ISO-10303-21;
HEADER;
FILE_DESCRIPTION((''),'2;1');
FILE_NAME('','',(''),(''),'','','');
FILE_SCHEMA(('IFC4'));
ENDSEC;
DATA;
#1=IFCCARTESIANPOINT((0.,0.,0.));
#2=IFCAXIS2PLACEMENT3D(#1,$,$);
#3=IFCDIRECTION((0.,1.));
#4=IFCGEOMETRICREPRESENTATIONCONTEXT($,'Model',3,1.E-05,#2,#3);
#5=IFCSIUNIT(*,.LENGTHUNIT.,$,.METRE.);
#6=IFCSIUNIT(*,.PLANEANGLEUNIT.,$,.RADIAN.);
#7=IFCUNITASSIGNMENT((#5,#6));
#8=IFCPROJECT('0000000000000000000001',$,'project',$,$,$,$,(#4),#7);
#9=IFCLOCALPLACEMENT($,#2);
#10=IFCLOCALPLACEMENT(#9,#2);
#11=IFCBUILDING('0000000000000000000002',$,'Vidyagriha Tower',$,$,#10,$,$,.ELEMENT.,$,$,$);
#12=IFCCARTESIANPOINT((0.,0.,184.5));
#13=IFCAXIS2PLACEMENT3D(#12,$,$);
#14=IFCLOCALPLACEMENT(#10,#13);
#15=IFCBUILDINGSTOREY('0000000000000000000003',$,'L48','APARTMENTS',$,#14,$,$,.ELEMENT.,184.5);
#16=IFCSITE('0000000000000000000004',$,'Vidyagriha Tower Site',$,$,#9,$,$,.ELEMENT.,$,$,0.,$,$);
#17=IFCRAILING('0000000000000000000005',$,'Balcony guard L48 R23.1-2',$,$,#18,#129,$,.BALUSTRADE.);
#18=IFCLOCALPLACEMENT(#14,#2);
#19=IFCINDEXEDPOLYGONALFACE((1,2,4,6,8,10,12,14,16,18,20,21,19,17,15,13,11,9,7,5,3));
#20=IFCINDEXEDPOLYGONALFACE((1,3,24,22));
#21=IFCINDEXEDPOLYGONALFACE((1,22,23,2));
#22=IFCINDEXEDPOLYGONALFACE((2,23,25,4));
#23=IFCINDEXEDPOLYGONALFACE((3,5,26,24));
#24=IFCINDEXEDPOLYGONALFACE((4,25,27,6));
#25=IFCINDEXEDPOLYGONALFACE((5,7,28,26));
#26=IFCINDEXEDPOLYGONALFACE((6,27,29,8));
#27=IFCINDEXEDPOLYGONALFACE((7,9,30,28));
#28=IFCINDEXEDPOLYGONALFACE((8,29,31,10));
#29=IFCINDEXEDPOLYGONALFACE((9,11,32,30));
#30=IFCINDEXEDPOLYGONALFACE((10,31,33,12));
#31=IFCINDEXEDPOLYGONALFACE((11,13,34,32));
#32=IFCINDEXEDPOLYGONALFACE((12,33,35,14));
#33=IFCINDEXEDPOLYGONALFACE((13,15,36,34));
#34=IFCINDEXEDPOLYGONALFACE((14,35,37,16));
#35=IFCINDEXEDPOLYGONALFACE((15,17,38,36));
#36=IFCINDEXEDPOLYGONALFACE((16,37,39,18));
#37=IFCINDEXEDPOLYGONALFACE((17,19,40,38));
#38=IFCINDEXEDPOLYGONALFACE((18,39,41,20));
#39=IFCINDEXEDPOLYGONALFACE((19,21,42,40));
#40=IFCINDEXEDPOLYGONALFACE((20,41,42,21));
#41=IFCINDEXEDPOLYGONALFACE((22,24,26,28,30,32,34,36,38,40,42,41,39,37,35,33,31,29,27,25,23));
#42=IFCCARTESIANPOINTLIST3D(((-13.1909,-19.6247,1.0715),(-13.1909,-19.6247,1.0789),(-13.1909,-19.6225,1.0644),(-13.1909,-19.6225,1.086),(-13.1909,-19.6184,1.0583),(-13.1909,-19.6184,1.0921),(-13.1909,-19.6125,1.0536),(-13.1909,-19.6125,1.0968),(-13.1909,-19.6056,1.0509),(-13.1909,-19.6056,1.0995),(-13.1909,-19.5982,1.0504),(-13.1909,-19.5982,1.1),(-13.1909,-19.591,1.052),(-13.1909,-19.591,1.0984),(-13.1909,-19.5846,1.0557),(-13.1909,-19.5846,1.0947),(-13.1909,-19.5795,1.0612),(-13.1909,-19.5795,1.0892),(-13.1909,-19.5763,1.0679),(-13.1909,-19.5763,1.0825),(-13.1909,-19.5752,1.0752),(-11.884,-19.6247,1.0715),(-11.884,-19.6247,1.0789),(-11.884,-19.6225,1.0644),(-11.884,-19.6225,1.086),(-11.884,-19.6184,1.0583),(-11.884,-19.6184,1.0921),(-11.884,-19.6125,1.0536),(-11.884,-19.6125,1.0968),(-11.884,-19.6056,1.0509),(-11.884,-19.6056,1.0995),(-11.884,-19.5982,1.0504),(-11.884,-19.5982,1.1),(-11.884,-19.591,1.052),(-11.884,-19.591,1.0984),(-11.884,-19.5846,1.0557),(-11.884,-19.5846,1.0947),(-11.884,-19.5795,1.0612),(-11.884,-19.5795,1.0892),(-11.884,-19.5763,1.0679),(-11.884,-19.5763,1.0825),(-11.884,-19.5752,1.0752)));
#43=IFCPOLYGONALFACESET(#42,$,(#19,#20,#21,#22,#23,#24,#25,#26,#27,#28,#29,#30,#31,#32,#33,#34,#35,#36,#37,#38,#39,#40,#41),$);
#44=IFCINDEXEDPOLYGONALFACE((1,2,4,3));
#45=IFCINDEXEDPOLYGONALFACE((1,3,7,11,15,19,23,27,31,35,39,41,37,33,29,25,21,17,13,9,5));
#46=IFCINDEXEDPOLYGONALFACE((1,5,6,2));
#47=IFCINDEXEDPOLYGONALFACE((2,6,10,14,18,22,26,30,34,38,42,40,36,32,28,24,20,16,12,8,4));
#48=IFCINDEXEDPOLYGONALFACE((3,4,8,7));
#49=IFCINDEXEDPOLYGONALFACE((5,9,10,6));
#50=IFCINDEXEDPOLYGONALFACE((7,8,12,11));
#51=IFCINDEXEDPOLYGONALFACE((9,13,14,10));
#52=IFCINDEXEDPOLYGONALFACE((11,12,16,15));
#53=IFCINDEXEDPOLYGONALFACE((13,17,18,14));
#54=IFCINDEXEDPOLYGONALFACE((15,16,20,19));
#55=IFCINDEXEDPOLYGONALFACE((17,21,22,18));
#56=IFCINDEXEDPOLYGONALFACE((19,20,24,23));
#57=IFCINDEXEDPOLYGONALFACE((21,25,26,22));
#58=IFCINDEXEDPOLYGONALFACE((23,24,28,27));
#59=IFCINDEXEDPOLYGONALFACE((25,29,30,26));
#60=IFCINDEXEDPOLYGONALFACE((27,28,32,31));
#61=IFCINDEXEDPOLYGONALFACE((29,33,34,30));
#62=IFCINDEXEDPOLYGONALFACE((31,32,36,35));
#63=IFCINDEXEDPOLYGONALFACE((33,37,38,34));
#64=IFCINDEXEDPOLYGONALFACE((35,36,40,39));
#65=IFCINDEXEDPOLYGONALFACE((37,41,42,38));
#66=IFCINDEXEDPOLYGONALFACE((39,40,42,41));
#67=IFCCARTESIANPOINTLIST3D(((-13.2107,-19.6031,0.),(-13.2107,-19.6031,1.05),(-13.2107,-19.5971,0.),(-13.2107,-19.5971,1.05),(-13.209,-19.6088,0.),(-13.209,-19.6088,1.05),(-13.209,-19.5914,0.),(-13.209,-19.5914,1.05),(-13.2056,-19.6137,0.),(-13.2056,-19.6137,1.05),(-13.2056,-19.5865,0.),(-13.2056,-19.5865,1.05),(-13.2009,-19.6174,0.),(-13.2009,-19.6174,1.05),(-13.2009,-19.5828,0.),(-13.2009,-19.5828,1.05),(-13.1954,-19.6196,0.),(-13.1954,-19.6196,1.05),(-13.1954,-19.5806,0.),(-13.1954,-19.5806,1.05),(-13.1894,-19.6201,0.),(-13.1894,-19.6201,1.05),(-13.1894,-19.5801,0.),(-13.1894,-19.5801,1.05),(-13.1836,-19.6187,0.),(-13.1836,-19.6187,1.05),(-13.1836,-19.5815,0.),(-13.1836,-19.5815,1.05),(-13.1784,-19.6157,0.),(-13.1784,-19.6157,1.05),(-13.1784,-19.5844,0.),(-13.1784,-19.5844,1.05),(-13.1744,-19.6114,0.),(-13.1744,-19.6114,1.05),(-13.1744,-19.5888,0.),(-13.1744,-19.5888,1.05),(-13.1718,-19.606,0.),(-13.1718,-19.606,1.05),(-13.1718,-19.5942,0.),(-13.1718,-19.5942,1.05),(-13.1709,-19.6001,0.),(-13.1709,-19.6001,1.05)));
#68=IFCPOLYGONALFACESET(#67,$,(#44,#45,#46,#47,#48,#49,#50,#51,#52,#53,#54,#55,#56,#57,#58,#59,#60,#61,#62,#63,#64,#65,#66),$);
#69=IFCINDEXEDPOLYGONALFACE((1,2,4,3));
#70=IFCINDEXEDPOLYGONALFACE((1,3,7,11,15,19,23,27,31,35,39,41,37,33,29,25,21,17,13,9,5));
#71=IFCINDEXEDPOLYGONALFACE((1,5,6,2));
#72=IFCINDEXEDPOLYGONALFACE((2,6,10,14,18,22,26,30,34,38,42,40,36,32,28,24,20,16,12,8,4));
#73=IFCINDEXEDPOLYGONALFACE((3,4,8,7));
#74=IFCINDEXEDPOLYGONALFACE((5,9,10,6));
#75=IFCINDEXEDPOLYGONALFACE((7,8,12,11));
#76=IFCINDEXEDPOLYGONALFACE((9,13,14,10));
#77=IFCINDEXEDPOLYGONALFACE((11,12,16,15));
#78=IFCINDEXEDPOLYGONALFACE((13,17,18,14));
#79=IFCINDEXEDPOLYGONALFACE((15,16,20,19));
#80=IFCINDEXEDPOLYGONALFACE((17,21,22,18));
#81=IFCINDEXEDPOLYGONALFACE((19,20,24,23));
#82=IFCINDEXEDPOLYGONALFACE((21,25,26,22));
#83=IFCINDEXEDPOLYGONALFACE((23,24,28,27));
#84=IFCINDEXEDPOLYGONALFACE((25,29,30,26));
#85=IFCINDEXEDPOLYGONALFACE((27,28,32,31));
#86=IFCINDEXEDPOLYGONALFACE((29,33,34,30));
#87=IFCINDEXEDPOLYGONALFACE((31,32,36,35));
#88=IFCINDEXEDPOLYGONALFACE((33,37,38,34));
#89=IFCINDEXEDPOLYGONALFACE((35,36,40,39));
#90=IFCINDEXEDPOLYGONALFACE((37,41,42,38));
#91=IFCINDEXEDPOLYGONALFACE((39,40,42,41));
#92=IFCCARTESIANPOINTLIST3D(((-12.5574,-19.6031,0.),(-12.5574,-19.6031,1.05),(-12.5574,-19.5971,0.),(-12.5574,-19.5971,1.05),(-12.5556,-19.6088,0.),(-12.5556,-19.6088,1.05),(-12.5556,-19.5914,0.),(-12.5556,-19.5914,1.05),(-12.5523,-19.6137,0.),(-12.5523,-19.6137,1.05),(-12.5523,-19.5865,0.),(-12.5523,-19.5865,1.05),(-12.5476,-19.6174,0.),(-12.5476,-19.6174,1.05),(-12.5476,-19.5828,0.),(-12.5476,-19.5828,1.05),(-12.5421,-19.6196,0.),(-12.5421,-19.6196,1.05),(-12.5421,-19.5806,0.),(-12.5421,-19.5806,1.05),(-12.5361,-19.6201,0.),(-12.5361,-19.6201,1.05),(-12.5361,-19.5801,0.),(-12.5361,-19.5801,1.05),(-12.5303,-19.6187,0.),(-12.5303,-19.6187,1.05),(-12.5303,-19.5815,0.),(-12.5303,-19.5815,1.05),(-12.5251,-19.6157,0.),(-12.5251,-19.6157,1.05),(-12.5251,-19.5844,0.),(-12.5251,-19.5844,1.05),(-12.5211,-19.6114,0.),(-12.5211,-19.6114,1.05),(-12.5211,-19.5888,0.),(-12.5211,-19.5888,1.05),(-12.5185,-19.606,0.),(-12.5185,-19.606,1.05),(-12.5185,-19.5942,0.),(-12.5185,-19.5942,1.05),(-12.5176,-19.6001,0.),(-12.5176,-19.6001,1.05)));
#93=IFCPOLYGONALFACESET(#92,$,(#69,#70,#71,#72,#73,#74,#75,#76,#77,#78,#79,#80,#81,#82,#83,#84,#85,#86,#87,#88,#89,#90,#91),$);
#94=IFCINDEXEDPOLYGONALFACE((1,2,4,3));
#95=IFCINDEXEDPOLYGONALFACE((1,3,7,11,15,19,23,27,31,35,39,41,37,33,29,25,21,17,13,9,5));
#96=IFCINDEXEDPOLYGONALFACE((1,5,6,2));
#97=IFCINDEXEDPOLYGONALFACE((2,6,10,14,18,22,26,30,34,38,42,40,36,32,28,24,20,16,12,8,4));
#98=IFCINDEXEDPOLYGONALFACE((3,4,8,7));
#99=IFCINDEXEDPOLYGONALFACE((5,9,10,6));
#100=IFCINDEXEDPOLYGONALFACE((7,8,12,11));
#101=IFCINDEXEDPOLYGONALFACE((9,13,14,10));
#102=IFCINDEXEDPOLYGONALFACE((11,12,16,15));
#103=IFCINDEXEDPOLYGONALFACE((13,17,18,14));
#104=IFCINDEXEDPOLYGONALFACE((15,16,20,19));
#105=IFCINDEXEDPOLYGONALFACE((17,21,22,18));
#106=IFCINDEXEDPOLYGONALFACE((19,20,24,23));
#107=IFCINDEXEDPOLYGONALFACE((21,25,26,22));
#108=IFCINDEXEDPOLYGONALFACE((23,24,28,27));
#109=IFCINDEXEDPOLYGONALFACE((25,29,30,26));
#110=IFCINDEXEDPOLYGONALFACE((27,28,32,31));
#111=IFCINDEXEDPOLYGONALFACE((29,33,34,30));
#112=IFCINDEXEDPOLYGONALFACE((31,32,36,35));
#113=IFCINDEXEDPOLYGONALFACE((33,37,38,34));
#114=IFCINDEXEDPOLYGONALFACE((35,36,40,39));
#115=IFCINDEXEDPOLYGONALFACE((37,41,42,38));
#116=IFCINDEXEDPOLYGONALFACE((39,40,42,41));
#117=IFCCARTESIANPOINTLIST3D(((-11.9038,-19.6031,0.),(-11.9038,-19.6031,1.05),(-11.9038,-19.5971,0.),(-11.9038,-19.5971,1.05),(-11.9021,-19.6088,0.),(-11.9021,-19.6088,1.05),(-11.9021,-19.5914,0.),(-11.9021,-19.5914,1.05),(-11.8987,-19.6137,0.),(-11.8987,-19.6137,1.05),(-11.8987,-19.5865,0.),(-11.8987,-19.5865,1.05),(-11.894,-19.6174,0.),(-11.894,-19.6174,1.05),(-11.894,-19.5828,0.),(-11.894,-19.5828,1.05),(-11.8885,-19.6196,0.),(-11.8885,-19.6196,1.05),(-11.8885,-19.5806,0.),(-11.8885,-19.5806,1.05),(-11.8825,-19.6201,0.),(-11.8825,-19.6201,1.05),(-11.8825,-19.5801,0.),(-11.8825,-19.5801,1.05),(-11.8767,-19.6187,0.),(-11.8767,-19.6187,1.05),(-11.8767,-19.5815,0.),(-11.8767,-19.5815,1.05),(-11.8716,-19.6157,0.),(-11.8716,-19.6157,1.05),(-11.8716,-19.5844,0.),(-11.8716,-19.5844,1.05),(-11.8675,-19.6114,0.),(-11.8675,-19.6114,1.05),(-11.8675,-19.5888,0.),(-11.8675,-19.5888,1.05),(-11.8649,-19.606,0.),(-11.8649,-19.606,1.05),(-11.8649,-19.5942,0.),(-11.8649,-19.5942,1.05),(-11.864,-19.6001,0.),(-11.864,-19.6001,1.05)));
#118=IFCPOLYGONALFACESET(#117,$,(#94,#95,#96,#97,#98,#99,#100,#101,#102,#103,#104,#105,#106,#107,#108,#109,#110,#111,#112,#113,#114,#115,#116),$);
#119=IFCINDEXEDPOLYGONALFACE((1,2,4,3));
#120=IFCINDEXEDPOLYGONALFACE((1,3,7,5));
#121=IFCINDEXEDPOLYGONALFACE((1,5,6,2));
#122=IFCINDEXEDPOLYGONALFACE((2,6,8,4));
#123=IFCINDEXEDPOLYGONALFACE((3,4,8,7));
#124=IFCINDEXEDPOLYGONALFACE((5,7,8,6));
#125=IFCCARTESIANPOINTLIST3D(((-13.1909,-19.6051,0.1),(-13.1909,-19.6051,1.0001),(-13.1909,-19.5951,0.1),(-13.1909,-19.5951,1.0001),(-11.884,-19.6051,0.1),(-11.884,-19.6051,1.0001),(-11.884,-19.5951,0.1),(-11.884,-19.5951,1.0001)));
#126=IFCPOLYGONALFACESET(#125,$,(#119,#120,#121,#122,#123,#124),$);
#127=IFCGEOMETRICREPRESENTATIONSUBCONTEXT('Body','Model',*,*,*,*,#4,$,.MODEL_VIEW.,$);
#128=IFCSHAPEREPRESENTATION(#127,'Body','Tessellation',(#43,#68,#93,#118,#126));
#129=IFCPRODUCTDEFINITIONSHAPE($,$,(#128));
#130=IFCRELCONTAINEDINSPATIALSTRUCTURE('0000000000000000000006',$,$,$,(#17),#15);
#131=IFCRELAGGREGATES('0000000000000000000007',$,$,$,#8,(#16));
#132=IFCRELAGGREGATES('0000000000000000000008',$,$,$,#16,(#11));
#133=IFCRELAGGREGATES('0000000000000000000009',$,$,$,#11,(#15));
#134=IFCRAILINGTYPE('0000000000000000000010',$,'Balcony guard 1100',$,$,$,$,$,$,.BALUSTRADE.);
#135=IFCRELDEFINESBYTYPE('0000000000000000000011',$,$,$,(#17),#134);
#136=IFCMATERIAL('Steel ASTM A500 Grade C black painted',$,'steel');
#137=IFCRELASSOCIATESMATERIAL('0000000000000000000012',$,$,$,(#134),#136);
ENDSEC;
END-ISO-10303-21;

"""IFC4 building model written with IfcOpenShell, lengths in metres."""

from ifc_helpers import new_model, si_unit, direction, frame, origin, origin_2d, place, context, subcontext, project, spatial, rectangle, circle, extrude, material, type_object, element, save


model = new_model("IFC4")

# Units and contexts
model_context = context("Model", 3, precision=1e-05, world=origin(), true_north=direction((0.0, 1.0)))
body_context = subcontext(model_context, "Body", "Model", "MODEL_VIEW")
ifc_project = project(units=[si_unit("LENGTHUNIT", "METRE"), si_unit("PLANEANGLEUNIT", "RADIAN")], contexts=[model_context])

# Site, building, storey
site_placement = place(None, origin())
site = spatial("IfcSite", under=ifc_project, at=site_placement, Name="Vidyagriha Tower Site", CompositionType="ELEMENT", RefElevation=0.0)
building_placement = place(site_placement, origin())
building = spatial("IfcBuilding", under=site, at=building_placement, Name="Vidyagriha Tower", CompositionType="ELEMENT")
storey_placement = place(building_placement, frame((0.0, 0.0, 184.5)))
storey = spatial("IfcBuildingStorey", under=building, at=storey_placement, Name="L48", Description="APARTMENTS", CompositionType="ELEMENT", Elevation=184.5)

# Railing
ifc_material_1 = material(Name="Steel ASTM A500 Grade C black painted", Category="steel")
railing_type = type_object("IfcRailingType", Name="Balcony guard 1100", PredefinedType="BALUSTRADE", material=ifc_material_1)
railing_1_placement = place(storey_placement, frame((-13.1909, -19.6001, 0.0)))
element("IfcRailing", 1, at=railing_1_placement, inside=storey, type_object=railing_type, Name="Balcony guard L48 R23.1-2", PredefinedType="BALUSTRADE", context=body_context, shape_type="SweptSolid", body=[
    extrude(circle(Radius=0.0249, at=origin_2d()), frame((0.0, 0.0, 1.0752), z_axis=(1.0, 0.0, 0.0), x_axis=(0.0, 1.0, 0.0)), (0.0, 0.0, 1.0), 1.3069),
    extrude(circle(Radius=0.02, at=origin_2d()), origin(), (0.0, 0.0, 1.0), 1.05),
    extrude(circle(Radius=0.02, at=origin_2d()), frame((0.6533, 0.0, 0.0)), (0.0, 0.0, 1.0), 1.05),
    extrude(circle(Radius=0.02, at=origin_2d()), frame((1.3069, 0.0, 0.0)), (0.0, 0.0, 1.0), 1.05),
    extrude(rectangle(XDim=0.01, YDim=0.9001, at=origin_2d()), frame((0.0, 0.0, 0.55), z_axis=(1.0, 0.0, 0.0), x_axis=(0.0, 1.0, 0.0)), (0.0, 0.0, 1.0), 1.3069),
])

save(model, "model.ifc")
